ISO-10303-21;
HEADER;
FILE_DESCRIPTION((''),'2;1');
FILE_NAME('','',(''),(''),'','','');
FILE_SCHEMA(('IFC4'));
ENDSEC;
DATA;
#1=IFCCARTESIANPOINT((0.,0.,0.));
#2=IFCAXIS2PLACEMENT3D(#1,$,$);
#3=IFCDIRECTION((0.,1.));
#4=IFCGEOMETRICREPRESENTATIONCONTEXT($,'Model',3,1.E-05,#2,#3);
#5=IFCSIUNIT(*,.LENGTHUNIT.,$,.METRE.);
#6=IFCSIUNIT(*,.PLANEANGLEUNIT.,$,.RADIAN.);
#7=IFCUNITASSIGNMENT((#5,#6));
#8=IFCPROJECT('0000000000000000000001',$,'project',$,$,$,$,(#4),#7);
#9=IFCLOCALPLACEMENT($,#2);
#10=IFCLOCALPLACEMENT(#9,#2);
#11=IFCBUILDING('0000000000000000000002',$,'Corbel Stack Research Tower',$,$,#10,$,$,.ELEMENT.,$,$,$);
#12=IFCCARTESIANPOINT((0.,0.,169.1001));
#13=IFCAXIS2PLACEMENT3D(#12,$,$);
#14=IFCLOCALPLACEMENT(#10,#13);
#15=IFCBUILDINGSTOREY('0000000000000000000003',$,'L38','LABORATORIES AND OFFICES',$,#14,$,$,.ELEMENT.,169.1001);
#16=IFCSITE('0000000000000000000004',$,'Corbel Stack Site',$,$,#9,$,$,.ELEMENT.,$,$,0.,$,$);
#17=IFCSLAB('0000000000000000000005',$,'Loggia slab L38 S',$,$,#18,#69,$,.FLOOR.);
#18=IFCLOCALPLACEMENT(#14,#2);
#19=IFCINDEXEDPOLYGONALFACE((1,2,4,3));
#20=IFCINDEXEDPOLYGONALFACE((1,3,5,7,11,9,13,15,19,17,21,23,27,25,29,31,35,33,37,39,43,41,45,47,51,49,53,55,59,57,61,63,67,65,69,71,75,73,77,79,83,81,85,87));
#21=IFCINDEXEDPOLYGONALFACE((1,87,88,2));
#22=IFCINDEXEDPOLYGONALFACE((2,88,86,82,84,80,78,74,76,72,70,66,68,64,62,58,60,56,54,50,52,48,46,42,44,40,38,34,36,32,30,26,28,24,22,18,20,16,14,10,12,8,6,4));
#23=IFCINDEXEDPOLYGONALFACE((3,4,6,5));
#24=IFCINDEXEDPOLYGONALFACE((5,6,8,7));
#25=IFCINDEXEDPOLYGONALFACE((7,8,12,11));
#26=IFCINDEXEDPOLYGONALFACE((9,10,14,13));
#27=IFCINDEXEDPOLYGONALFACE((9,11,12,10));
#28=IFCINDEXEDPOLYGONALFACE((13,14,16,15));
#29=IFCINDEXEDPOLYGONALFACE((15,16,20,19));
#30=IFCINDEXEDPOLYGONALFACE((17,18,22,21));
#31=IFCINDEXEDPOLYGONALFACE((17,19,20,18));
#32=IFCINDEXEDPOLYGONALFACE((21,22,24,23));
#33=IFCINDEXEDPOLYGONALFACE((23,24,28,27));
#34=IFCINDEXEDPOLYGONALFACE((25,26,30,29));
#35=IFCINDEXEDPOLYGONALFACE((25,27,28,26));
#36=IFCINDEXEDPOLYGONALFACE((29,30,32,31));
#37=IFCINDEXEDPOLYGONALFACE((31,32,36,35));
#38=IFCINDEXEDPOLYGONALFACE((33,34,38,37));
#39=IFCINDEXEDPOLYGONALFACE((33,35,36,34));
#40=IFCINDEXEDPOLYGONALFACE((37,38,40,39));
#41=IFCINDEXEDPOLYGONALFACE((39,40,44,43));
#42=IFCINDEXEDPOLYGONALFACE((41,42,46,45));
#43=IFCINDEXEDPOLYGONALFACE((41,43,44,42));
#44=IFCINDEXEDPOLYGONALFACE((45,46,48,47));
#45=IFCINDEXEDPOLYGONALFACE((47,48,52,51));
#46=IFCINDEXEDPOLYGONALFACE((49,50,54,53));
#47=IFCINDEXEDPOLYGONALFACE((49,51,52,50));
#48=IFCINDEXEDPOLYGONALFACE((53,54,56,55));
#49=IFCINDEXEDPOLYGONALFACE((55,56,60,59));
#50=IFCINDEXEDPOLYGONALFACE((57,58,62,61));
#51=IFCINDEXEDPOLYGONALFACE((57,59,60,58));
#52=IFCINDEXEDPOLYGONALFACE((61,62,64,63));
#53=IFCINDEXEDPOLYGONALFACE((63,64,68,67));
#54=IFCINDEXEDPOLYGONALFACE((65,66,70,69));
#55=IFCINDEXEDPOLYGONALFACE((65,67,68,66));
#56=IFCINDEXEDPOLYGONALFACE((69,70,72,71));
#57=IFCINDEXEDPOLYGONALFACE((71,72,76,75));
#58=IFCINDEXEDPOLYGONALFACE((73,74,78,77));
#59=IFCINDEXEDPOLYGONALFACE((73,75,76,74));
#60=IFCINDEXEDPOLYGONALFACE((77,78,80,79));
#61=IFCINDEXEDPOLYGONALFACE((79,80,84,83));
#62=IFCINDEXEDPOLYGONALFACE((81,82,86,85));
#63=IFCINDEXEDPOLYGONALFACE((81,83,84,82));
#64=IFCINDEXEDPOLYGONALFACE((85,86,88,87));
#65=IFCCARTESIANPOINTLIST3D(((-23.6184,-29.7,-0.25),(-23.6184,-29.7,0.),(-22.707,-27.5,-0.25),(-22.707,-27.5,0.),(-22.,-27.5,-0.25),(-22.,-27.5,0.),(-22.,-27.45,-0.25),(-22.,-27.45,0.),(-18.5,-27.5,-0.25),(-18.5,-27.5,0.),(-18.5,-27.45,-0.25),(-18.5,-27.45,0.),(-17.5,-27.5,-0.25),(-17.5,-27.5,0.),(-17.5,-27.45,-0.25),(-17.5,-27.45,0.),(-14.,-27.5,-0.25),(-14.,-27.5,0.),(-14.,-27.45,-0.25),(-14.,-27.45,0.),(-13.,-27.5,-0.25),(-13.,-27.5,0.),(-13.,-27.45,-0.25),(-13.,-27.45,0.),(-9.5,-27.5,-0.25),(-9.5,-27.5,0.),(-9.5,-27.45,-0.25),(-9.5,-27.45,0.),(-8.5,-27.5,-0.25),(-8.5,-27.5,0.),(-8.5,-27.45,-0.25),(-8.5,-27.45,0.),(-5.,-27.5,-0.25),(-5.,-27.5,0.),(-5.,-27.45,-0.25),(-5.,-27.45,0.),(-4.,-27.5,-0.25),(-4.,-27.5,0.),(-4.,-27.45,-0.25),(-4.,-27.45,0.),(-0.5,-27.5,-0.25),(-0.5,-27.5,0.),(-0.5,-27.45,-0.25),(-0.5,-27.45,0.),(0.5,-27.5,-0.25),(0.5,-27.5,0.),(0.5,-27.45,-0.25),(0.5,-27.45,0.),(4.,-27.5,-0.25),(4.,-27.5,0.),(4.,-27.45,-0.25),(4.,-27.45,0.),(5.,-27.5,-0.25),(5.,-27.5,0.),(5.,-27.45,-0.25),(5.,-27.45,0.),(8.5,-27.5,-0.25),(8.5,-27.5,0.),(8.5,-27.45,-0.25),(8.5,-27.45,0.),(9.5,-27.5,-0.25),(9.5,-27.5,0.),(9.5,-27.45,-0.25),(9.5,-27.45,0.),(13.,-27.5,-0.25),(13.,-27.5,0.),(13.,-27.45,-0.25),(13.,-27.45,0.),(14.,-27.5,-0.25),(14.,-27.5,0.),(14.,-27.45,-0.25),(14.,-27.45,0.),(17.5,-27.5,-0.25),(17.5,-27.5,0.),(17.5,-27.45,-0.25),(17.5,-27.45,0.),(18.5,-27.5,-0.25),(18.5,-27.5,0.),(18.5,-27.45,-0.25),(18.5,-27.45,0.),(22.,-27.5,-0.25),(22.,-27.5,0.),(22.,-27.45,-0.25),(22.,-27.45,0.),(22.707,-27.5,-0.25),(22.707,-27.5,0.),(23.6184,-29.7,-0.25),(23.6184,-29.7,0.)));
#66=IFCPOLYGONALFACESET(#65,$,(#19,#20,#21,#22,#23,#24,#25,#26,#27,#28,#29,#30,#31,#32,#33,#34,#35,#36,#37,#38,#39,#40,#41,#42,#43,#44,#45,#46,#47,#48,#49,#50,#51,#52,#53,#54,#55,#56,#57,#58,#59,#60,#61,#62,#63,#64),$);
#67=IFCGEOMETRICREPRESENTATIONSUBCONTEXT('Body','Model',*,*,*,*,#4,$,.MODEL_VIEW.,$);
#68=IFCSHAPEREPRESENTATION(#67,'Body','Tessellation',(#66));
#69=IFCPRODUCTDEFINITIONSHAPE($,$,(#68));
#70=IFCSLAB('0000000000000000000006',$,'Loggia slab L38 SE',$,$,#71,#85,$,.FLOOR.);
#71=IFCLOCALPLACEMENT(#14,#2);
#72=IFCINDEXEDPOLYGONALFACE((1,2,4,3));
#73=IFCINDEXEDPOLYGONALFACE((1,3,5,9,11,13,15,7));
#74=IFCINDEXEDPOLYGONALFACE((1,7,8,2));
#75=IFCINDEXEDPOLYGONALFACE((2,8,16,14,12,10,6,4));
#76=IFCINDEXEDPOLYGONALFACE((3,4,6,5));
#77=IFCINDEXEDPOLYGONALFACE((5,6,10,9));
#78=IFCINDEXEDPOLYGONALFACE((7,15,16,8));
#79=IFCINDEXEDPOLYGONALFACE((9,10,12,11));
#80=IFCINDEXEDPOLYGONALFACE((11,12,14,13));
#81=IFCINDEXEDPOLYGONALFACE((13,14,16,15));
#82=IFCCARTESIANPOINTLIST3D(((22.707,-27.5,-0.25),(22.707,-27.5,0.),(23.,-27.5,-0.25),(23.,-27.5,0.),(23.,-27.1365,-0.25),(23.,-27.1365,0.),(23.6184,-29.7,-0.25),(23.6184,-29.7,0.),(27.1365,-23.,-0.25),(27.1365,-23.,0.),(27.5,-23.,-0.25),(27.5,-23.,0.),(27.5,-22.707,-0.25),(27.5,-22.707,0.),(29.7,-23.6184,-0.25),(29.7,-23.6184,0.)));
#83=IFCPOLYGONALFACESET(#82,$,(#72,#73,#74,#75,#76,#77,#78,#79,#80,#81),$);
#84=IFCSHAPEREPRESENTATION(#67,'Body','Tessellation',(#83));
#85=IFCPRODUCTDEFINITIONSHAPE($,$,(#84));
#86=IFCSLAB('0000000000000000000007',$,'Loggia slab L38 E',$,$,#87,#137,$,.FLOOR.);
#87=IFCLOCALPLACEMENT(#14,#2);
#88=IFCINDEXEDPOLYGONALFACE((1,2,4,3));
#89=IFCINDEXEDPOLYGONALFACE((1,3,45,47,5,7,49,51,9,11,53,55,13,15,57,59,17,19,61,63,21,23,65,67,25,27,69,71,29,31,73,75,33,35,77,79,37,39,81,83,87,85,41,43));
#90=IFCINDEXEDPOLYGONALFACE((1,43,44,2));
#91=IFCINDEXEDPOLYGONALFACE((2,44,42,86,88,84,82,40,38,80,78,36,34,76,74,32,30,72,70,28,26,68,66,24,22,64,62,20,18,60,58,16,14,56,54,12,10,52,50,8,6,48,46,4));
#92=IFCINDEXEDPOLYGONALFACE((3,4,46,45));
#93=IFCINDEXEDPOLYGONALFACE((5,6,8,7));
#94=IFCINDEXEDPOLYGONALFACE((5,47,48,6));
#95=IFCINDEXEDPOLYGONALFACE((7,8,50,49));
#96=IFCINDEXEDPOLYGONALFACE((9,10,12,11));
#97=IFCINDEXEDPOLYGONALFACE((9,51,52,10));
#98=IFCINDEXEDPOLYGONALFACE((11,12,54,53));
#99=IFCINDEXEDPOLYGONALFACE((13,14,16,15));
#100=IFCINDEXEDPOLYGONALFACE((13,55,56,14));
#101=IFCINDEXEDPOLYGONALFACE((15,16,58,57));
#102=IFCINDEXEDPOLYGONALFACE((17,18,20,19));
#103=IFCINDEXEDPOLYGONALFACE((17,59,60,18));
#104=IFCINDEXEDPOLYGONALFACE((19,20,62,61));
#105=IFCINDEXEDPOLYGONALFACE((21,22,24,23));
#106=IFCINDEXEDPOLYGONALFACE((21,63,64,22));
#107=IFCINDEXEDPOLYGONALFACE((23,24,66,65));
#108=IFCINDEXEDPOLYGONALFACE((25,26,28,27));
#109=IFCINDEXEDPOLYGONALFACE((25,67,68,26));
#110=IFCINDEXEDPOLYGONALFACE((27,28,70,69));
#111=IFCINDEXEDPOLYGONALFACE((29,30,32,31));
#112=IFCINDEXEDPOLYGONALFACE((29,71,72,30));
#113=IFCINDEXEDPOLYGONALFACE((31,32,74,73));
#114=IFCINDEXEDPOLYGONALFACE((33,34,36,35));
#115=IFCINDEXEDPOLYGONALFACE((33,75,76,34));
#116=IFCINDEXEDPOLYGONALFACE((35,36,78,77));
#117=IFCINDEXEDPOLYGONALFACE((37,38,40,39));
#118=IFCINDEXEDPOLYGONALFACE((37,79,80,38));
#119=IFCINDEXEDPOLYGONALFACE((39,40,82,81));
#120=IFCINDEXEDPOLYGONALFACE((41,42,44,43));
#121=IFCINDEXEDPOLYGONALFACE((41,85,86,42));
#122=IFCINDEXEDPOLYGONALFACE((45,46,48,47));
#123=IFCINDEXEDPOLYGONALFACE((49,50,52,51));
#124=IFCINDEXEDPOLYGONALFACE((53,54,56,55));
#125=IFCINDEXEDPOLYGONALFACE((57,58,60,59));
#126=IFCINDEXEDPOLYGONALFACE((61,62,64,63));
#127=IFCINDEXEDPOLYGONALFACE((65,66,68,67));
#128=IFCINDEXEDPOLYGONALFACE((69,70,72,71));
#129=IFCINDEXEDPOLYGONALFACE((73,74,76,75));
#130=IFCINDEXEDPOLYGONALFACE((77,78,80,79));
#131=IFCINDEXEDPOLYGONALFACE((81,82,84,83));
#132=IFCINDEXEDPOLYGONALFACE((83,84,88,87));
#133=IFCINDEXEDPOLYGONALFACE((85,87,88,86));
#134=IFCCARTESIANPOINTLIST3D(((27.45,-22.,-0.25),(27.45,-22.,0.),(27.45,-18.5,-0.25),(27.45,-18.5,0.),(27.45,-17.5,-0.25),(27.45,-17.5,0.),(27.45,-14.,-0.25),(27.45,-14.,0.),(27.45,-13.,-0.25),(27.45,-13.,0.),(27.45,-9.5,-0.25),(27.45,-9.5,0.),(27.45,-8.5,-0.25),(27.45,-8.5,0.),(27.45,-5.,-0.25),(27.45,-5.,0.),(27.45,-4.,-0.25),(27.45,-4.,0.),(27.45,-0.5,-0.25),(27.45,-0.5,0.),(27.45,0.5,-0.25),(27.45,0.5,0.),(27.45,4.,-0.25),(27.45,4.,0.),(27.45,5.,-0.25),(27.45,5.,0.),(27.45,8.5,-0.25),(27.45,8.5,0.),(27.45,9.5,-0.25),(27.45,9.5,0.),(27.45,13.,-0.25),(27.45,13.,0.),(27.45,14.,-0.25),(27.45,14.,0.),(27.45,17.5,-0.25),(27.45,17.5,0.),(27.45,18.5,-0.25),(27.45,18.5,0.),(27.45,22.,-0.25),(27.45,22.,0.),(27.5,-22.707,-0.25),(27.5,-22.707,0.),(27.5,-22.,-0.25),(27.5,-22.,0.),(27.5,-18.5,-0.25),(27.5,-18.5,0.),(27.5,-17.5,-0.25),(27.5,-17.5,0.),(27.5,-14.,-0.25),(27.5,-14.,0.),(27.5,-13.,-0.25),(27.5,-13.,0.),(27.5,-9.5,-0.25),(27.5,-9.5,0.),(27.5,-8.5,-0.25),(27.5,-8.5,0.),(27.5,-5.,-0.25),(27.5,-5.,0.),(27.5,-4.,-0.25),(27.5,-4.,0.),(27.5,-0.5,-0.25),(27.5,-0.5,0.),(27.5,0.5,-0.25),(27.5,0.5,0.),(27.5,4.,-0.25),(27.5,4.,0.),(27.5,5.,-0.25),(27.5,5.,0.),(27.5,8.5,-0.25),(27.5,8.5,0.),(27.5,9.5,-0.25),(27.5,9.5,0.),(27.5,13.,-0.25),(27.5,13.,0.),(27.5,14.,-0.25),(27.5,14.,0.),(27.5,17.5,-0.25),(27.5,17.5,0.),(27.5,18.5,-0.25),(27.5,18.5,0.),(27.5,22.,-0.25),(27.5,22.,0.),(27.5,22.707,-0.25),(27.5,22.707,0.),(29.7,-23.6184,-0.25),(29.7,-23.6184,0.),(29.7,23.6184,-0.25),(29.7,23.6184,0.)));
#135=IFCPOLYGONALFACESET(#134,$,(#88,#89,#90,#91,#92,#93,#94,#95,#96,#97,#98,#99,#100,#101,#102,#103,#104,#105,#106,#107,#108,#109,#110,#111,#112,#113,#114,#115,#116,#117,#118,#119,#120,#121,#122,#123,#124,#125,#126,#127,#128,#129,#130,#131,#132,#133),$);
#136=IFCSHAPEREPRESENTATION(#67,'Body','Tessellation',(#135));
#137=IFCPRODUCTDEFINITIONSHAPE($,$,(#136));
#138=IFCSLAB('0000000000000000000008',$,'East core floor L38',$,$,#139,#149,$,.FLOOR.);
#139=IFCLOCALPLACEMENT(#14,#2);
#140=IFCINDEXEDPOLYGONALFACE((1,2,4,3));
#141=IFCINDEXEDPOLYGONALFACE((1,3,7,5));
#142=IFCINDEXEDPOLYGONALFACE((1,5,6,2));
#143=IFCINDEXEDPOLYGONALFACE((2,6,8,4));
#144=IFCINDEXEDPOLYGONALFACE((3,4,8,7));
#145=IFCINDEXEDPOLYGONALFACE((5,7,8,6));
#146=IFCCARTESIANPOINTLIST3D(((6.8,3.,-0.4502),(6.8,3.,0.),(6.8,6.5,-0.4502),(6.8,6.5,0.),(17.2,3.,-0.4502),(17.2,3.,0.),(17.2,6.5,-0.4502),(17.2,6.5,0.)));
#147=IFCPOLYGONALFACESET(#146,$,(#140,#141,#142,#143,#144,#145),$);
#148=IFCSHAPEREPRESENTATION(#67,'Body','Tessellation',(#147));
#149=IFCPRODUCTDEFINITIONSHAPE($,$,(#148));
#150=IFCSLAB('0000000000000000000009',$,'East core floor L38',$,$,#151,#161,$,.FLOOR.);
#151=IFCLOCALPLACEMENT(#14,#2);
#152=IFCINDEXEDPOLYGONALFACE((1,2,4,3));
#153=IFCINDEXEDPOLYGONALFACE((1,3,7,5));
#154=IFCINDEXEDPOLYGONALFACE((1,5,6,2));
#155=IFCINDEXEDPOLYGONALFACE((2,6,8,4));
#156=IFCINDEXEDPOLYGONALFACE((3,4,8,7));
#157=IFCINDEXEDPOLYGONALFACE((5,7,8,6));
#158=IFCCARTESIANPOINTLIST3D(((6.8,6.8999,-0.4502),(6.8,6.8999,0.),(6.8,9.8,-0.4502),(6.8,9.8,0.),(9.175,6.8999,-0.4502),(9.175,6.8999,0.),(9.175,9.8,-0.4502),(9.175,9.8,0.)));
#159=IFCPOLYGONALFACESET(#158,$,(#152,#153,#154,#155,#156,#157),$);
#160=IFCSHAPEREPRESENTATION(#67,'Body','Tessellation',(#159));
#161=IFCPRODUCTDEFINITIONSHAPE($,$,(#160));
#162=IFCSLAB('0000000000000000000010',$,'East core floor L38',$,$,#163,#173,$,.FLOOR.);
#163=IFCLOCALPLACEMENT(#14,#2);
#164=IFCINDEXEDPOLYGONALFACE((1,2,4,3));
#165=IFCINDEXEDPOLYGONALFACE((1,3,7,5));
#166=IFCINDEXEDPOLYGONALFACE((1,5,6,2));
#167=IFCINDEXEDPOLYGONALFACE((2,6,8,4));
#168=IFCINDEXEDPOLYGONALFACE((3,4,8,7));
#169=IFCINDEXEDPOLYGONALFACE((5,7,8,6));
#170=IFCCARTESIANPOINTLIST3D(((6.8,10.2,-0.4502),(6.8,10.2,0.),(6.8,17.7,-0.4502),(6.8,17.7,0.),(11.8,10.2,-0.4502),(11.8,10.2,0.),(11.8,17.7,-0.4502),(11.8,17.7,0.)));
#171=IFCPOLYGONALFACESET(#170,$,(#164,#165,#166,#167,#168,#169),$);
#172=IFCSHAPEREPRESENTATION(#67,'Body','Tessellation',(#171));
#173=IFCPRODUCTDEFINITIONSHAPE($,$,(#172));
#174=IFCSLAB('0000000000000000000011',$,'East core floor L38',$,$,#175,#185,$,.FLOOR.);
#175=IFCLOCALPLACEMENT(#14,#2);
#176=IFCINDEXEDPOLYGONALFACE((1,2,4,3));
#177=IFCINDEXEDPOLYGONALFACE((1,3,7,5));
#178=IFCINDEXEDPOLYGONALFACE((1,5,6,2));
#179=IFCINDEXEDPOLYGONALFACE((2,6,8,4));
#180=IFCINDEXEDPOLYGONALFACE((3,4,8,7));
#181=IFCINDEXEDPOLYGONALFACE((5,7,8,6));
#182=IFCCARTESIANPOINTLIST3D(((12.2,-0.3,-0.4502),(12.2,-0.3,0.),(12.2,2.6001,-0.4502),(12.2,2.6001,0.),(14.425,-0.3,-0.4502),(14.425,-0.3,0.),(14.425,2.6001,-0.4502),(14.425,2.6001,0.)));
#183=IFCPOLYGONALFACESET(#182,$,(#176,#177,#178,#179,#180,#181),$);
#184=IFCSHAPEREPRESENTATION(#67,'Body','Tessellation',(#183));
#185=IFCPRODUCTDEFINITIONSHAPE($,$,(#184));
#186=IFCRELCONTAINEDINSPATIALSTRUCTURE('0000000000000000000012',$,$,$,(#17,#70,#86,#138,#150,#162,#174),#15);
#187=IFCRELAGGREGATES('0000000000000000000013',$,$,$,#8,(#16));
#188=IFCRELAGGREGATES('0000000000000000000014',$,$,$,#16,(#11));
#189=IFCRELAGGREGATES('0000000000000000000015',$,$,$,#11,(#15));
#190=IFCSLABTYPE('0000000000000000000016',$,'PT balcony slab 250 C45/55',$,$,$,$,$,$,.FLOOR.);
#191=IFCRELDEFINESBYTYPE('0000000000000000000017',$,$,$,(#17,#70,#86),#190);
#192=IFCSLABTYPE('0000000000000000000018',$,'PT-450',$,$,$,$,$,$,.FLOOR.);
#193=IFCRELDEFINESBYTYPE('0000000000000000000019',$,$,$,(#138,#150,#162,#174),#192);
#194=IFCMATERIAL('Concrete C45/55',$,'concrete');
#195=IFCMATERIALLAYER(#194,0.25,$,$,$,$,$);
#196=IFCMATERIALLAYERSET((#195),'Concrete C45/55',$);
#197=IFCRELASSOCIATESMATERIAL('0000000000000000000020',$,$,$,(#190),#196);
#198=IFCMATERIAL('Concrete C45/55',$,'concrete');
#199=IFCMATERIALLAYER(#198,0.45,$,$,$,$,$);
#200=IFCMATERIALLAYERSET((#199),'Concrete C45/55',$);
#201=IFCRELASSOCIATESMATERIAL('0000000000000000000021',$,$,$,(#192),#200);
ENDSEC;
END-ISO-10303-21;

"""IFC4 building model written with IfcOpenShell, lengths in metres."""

from ifc_helpers import new_model, si_unit, direction, frame, origin, place, context, subcontext, project, spatial, polyline, outline, extrude, material, layer, layer_set, type_object, element, save


model = new_model("IFC4")

# Units and contexts
model_context = context("Model", 3, precision=1e-05, world=origin(), true_north=direction((0.0, 1.0)))
body_context = subcontext(model_context, "Body", "Model", "MODEL_VIEW")
ifc_project = project(units=[si_unit("LENGTHUNIT", "METRE"), si_unit("PLANEANGLEUNIT", "RADIAN")], contexts=[model_context])

# Site, building, storey
site_placement = place(None, origin())
site = spatial("IfcSite", under=ifc_project, at=site_placement, Name="Corbel Stack Site", CompositionType="ELEMENT", RefElevation=0.0)
building_placement = place(site_placement, origin())
building = spatial("IfcBuilding", under=site, at=building_placement, Name="Corbel Stack Research Tower", CompositionType="ELEMENT")
storey_placement = place(building_placement, frame((0.0, 0.0, 169.1001)))
storey = spatial("IfcBuildingStorey", under=building, at=storey_placement, Name="L38", Description="LABORATORIES AND OFFICES", CompositionType="ELEMENT", Elevation=169.1001)

# Slabs
ifc_material_1 = material(Name="Concrete C45/55", Category="concrete")
ifc_layer_1 = layer(ifc_material_1, 0.25)
ifc_layer_set_1 = layer_set([ifc_layer_1], Name="Concrete C45/55")
slab_type_1 = type_object("IfcSlabType", Name="PT balcony slab 250 C45/55", PredefinedType="FLOOR", material=ifc_layer_set_1)
slab_1_placement = place(storey_placement, frame((0.0, 0.0, -0.25)))
element("IfcSlab", 1, at=slab_1_placement, inside=storey, type_object=slab_type_1, Name="Loggia slab L38 S", PredefinedType="FLOOR", context=body_context, shape_type="SweptSolid", body=[
    extrude(outline(polyline([(22.707, -27.5), (22.0, -27.5), (22.0, -27.45), (18.5, -27.45), (18.5, -27.5), (17.5, -27.5), (17.5, -27.45), (14.0, -27.45), (14.0, -27.5), (13.0, -27.5), (13.0, -27.45), (9.5, -27.45), (9.5, -27.5), (8.5, -27.5), (8.5, -27.45), (5.0, -27.45), (5.0, -27.5), (4.0, -27.5), (4.0, -27.45), (0.5, -27.45), (0.5, -27.5), (-0.5, -27.5), (-0.5, -27.45), (-4.0, -27.45), (-4.0, -27.5), (-5.0, -27.5), (-5.0, -27.45), (-8.5, -27.45), (-8.5, -27.5), (-9.5, -27.5), (-9.5, -27.45), (-13.0, -27.45), (-13.0, -27.5), (-14.0, -27.5), (-14.0, -27.45), (-17.5, -27.45), (-17.5, -27.5), (-18.5, -27.5), (-18.5, -27.45), (-22.0, -27.45), (-22.0, -27.5), (-22.707, -27.5), (-23.6184, -29.7), (23.6184, -29.7), (22.707, -27.5)])), origin(), (0.0, 0.0, 1.0), 0.25),
])
slab_2_placement = place(storey_placement, frame((0.0, 0.0, -0.25)))
element("IfcSlab", 2, at=slab_2_placement, inside=storey, type_object=slab_type_1, Name="Loggia slab L38 SE", PredefinedType="FLOOR", context=body_context, shape_type="SweptSolid", body=[
    extrude(outline(polyline([(27.5, -22.707), (27.5, -23.0), (27.1365, -23.0), (23.0, -27.1365), (23.0, -27.5), (22.707, -27.5), (23.6184, -29.7), (29.7, -23.6184), (27.5, -22.707)])), origin(), (0.0, 0.0, 1.0), 0.25),
])
slab_3_placement = place(storey_placement, frame((0.0, 0.0, -0.25)))
element("IfcSlab", 3, at=slab_3_placement, inside=storey, type_object=slab_type_1, Name="Loggia slab L38 E", PredefinedType="FLOOR", context=body_context, shape_type="SweptSolid", body=[
    extrude(outline(polyline([(27.5, 22.707), (27.5, 22.0), (27.45, 22.0), (27.45, 18.5), (27.5, 18.5), (27.5, 17.5), (27.45, 17.5), (27.45, 14.0), (27.5, 14.0), (27.5, 13.0), (27.45, 13.0), (27.45, 9.5), (27.5, 9.5), (27.5, 8.5), (27.45, 8.5), (27.45, 5.0), (27.5, 5.0), (27.5, 4.0), (27.45, 4.0), (27.45, 0.5), (27.5, 0.5), (27.5, -0.5), (27.45, -0.5), (27.45, -4.0), (27.5, -4.0), (27.5, -5.0), (27.45, -5.0), (27.45, -8.5), (27.5, -8.5), (27.5, -9.5), (27.45, -9.5), (27.45, -13.0), (27.5, -13.0), (27.5, -14.0), (27.45, -14.0), (27.45, -17.5), (27.5, -17.5), (27.5, -18.5), (27.45, -18.5), (27.45, -22.0), (27.5, -22.0), (27.5, -22.707), (29.7, -23.6184), (29.7, 23.6184), (27.5, 22.707)])), origin(), (0.0, 0.0, 1.0), 0.25),
])
ifc_material_2 = material(Name="Concrete C45/55", Category="concrete")
ifc_layer_2 = layer(ifc_material_2, 0.45)
ifc_layer_set_2 = layer_set([ifc_layer_2], Name="Concrete C45/55")
slab_type_2 = type_object("IfcSlabType", Name="PT-450", PredefinedType="FLOOR", material=ifc_layer_set_2)
slab_4_placement = place(storey_placement, frame((0.0, 0.0, -0.4502)))
element("IfcSlab", 4, at=slab_4_placement, inside=storey, type_object=slab_type_2, Name="East core floor L38", PredefinedType="FLOOR", context=body_context, shape_type="SweptSolid", body=[
    extrude(outline(polyline([(17.2, 6.5), (6.8, 6.5), (6.8, 3.0), (17.2, 3.0), (17.2, 6.5)])), origin(), (0.0, 0.0, 1.0), 0.4502),
])
slab_5_placement = place(storey_placement, frame((0.0, 0.0, -0.4502)))
element("IfcSlab", 5, at=slab_5_placement, inside=storey, type_object=slab_type_2, Name="East core floor L38", PredefinedType="FLOOR", context=body_context, shape_type="SweptSolid", body=[
    extrude(outline(polyline([(6.8, 6.8999), (9.175, 6.8999), (9.175, 9.8), (6.8, 9.8), (6.8, 6.8999)])), origin(), (0.0, 0.0, 1.0), 0.4502),
])
slab_6_placement = place(storey_placement, frame((0.0, 0.0, -0.4502)))
element("IfcSlab", 6, at=slab_6_placement, inside=storey, type_object=slab_type_2, Name="East core floor L38", PredefinedType="FLOOR", context=body_context, shape_type="SweptSolid", body=[
    extrude(outline(polyline([(6.8, 17.7), (6.8, 10.2), (11.8, 10.2), (11.8, 17.7), (6.8, 17.7)])), origin(), (0.0, 0.0, 1.0), 0.4502),
])
slab_7_placement = place(storey_placement, frame((0.0, 0.0, -0.4502)))
element("IfcSlab", 7, at=slab_7_placement, inside=storey, type_object=slab_type_2, Name="East core floor L38", PredefinedType="FLOOR", context=body_context, shape_type="SweptSolid", body=[
    extrude(outline(polyline([(14.425, -0.3), (14.425, 2.6001), (12.2, 2.6001), (12.2, -0.3), (14.425, -0.3)])), origin(), (0.0, 0.0, 1.0), 0.4502),
])

save(model, "model.ifc")
